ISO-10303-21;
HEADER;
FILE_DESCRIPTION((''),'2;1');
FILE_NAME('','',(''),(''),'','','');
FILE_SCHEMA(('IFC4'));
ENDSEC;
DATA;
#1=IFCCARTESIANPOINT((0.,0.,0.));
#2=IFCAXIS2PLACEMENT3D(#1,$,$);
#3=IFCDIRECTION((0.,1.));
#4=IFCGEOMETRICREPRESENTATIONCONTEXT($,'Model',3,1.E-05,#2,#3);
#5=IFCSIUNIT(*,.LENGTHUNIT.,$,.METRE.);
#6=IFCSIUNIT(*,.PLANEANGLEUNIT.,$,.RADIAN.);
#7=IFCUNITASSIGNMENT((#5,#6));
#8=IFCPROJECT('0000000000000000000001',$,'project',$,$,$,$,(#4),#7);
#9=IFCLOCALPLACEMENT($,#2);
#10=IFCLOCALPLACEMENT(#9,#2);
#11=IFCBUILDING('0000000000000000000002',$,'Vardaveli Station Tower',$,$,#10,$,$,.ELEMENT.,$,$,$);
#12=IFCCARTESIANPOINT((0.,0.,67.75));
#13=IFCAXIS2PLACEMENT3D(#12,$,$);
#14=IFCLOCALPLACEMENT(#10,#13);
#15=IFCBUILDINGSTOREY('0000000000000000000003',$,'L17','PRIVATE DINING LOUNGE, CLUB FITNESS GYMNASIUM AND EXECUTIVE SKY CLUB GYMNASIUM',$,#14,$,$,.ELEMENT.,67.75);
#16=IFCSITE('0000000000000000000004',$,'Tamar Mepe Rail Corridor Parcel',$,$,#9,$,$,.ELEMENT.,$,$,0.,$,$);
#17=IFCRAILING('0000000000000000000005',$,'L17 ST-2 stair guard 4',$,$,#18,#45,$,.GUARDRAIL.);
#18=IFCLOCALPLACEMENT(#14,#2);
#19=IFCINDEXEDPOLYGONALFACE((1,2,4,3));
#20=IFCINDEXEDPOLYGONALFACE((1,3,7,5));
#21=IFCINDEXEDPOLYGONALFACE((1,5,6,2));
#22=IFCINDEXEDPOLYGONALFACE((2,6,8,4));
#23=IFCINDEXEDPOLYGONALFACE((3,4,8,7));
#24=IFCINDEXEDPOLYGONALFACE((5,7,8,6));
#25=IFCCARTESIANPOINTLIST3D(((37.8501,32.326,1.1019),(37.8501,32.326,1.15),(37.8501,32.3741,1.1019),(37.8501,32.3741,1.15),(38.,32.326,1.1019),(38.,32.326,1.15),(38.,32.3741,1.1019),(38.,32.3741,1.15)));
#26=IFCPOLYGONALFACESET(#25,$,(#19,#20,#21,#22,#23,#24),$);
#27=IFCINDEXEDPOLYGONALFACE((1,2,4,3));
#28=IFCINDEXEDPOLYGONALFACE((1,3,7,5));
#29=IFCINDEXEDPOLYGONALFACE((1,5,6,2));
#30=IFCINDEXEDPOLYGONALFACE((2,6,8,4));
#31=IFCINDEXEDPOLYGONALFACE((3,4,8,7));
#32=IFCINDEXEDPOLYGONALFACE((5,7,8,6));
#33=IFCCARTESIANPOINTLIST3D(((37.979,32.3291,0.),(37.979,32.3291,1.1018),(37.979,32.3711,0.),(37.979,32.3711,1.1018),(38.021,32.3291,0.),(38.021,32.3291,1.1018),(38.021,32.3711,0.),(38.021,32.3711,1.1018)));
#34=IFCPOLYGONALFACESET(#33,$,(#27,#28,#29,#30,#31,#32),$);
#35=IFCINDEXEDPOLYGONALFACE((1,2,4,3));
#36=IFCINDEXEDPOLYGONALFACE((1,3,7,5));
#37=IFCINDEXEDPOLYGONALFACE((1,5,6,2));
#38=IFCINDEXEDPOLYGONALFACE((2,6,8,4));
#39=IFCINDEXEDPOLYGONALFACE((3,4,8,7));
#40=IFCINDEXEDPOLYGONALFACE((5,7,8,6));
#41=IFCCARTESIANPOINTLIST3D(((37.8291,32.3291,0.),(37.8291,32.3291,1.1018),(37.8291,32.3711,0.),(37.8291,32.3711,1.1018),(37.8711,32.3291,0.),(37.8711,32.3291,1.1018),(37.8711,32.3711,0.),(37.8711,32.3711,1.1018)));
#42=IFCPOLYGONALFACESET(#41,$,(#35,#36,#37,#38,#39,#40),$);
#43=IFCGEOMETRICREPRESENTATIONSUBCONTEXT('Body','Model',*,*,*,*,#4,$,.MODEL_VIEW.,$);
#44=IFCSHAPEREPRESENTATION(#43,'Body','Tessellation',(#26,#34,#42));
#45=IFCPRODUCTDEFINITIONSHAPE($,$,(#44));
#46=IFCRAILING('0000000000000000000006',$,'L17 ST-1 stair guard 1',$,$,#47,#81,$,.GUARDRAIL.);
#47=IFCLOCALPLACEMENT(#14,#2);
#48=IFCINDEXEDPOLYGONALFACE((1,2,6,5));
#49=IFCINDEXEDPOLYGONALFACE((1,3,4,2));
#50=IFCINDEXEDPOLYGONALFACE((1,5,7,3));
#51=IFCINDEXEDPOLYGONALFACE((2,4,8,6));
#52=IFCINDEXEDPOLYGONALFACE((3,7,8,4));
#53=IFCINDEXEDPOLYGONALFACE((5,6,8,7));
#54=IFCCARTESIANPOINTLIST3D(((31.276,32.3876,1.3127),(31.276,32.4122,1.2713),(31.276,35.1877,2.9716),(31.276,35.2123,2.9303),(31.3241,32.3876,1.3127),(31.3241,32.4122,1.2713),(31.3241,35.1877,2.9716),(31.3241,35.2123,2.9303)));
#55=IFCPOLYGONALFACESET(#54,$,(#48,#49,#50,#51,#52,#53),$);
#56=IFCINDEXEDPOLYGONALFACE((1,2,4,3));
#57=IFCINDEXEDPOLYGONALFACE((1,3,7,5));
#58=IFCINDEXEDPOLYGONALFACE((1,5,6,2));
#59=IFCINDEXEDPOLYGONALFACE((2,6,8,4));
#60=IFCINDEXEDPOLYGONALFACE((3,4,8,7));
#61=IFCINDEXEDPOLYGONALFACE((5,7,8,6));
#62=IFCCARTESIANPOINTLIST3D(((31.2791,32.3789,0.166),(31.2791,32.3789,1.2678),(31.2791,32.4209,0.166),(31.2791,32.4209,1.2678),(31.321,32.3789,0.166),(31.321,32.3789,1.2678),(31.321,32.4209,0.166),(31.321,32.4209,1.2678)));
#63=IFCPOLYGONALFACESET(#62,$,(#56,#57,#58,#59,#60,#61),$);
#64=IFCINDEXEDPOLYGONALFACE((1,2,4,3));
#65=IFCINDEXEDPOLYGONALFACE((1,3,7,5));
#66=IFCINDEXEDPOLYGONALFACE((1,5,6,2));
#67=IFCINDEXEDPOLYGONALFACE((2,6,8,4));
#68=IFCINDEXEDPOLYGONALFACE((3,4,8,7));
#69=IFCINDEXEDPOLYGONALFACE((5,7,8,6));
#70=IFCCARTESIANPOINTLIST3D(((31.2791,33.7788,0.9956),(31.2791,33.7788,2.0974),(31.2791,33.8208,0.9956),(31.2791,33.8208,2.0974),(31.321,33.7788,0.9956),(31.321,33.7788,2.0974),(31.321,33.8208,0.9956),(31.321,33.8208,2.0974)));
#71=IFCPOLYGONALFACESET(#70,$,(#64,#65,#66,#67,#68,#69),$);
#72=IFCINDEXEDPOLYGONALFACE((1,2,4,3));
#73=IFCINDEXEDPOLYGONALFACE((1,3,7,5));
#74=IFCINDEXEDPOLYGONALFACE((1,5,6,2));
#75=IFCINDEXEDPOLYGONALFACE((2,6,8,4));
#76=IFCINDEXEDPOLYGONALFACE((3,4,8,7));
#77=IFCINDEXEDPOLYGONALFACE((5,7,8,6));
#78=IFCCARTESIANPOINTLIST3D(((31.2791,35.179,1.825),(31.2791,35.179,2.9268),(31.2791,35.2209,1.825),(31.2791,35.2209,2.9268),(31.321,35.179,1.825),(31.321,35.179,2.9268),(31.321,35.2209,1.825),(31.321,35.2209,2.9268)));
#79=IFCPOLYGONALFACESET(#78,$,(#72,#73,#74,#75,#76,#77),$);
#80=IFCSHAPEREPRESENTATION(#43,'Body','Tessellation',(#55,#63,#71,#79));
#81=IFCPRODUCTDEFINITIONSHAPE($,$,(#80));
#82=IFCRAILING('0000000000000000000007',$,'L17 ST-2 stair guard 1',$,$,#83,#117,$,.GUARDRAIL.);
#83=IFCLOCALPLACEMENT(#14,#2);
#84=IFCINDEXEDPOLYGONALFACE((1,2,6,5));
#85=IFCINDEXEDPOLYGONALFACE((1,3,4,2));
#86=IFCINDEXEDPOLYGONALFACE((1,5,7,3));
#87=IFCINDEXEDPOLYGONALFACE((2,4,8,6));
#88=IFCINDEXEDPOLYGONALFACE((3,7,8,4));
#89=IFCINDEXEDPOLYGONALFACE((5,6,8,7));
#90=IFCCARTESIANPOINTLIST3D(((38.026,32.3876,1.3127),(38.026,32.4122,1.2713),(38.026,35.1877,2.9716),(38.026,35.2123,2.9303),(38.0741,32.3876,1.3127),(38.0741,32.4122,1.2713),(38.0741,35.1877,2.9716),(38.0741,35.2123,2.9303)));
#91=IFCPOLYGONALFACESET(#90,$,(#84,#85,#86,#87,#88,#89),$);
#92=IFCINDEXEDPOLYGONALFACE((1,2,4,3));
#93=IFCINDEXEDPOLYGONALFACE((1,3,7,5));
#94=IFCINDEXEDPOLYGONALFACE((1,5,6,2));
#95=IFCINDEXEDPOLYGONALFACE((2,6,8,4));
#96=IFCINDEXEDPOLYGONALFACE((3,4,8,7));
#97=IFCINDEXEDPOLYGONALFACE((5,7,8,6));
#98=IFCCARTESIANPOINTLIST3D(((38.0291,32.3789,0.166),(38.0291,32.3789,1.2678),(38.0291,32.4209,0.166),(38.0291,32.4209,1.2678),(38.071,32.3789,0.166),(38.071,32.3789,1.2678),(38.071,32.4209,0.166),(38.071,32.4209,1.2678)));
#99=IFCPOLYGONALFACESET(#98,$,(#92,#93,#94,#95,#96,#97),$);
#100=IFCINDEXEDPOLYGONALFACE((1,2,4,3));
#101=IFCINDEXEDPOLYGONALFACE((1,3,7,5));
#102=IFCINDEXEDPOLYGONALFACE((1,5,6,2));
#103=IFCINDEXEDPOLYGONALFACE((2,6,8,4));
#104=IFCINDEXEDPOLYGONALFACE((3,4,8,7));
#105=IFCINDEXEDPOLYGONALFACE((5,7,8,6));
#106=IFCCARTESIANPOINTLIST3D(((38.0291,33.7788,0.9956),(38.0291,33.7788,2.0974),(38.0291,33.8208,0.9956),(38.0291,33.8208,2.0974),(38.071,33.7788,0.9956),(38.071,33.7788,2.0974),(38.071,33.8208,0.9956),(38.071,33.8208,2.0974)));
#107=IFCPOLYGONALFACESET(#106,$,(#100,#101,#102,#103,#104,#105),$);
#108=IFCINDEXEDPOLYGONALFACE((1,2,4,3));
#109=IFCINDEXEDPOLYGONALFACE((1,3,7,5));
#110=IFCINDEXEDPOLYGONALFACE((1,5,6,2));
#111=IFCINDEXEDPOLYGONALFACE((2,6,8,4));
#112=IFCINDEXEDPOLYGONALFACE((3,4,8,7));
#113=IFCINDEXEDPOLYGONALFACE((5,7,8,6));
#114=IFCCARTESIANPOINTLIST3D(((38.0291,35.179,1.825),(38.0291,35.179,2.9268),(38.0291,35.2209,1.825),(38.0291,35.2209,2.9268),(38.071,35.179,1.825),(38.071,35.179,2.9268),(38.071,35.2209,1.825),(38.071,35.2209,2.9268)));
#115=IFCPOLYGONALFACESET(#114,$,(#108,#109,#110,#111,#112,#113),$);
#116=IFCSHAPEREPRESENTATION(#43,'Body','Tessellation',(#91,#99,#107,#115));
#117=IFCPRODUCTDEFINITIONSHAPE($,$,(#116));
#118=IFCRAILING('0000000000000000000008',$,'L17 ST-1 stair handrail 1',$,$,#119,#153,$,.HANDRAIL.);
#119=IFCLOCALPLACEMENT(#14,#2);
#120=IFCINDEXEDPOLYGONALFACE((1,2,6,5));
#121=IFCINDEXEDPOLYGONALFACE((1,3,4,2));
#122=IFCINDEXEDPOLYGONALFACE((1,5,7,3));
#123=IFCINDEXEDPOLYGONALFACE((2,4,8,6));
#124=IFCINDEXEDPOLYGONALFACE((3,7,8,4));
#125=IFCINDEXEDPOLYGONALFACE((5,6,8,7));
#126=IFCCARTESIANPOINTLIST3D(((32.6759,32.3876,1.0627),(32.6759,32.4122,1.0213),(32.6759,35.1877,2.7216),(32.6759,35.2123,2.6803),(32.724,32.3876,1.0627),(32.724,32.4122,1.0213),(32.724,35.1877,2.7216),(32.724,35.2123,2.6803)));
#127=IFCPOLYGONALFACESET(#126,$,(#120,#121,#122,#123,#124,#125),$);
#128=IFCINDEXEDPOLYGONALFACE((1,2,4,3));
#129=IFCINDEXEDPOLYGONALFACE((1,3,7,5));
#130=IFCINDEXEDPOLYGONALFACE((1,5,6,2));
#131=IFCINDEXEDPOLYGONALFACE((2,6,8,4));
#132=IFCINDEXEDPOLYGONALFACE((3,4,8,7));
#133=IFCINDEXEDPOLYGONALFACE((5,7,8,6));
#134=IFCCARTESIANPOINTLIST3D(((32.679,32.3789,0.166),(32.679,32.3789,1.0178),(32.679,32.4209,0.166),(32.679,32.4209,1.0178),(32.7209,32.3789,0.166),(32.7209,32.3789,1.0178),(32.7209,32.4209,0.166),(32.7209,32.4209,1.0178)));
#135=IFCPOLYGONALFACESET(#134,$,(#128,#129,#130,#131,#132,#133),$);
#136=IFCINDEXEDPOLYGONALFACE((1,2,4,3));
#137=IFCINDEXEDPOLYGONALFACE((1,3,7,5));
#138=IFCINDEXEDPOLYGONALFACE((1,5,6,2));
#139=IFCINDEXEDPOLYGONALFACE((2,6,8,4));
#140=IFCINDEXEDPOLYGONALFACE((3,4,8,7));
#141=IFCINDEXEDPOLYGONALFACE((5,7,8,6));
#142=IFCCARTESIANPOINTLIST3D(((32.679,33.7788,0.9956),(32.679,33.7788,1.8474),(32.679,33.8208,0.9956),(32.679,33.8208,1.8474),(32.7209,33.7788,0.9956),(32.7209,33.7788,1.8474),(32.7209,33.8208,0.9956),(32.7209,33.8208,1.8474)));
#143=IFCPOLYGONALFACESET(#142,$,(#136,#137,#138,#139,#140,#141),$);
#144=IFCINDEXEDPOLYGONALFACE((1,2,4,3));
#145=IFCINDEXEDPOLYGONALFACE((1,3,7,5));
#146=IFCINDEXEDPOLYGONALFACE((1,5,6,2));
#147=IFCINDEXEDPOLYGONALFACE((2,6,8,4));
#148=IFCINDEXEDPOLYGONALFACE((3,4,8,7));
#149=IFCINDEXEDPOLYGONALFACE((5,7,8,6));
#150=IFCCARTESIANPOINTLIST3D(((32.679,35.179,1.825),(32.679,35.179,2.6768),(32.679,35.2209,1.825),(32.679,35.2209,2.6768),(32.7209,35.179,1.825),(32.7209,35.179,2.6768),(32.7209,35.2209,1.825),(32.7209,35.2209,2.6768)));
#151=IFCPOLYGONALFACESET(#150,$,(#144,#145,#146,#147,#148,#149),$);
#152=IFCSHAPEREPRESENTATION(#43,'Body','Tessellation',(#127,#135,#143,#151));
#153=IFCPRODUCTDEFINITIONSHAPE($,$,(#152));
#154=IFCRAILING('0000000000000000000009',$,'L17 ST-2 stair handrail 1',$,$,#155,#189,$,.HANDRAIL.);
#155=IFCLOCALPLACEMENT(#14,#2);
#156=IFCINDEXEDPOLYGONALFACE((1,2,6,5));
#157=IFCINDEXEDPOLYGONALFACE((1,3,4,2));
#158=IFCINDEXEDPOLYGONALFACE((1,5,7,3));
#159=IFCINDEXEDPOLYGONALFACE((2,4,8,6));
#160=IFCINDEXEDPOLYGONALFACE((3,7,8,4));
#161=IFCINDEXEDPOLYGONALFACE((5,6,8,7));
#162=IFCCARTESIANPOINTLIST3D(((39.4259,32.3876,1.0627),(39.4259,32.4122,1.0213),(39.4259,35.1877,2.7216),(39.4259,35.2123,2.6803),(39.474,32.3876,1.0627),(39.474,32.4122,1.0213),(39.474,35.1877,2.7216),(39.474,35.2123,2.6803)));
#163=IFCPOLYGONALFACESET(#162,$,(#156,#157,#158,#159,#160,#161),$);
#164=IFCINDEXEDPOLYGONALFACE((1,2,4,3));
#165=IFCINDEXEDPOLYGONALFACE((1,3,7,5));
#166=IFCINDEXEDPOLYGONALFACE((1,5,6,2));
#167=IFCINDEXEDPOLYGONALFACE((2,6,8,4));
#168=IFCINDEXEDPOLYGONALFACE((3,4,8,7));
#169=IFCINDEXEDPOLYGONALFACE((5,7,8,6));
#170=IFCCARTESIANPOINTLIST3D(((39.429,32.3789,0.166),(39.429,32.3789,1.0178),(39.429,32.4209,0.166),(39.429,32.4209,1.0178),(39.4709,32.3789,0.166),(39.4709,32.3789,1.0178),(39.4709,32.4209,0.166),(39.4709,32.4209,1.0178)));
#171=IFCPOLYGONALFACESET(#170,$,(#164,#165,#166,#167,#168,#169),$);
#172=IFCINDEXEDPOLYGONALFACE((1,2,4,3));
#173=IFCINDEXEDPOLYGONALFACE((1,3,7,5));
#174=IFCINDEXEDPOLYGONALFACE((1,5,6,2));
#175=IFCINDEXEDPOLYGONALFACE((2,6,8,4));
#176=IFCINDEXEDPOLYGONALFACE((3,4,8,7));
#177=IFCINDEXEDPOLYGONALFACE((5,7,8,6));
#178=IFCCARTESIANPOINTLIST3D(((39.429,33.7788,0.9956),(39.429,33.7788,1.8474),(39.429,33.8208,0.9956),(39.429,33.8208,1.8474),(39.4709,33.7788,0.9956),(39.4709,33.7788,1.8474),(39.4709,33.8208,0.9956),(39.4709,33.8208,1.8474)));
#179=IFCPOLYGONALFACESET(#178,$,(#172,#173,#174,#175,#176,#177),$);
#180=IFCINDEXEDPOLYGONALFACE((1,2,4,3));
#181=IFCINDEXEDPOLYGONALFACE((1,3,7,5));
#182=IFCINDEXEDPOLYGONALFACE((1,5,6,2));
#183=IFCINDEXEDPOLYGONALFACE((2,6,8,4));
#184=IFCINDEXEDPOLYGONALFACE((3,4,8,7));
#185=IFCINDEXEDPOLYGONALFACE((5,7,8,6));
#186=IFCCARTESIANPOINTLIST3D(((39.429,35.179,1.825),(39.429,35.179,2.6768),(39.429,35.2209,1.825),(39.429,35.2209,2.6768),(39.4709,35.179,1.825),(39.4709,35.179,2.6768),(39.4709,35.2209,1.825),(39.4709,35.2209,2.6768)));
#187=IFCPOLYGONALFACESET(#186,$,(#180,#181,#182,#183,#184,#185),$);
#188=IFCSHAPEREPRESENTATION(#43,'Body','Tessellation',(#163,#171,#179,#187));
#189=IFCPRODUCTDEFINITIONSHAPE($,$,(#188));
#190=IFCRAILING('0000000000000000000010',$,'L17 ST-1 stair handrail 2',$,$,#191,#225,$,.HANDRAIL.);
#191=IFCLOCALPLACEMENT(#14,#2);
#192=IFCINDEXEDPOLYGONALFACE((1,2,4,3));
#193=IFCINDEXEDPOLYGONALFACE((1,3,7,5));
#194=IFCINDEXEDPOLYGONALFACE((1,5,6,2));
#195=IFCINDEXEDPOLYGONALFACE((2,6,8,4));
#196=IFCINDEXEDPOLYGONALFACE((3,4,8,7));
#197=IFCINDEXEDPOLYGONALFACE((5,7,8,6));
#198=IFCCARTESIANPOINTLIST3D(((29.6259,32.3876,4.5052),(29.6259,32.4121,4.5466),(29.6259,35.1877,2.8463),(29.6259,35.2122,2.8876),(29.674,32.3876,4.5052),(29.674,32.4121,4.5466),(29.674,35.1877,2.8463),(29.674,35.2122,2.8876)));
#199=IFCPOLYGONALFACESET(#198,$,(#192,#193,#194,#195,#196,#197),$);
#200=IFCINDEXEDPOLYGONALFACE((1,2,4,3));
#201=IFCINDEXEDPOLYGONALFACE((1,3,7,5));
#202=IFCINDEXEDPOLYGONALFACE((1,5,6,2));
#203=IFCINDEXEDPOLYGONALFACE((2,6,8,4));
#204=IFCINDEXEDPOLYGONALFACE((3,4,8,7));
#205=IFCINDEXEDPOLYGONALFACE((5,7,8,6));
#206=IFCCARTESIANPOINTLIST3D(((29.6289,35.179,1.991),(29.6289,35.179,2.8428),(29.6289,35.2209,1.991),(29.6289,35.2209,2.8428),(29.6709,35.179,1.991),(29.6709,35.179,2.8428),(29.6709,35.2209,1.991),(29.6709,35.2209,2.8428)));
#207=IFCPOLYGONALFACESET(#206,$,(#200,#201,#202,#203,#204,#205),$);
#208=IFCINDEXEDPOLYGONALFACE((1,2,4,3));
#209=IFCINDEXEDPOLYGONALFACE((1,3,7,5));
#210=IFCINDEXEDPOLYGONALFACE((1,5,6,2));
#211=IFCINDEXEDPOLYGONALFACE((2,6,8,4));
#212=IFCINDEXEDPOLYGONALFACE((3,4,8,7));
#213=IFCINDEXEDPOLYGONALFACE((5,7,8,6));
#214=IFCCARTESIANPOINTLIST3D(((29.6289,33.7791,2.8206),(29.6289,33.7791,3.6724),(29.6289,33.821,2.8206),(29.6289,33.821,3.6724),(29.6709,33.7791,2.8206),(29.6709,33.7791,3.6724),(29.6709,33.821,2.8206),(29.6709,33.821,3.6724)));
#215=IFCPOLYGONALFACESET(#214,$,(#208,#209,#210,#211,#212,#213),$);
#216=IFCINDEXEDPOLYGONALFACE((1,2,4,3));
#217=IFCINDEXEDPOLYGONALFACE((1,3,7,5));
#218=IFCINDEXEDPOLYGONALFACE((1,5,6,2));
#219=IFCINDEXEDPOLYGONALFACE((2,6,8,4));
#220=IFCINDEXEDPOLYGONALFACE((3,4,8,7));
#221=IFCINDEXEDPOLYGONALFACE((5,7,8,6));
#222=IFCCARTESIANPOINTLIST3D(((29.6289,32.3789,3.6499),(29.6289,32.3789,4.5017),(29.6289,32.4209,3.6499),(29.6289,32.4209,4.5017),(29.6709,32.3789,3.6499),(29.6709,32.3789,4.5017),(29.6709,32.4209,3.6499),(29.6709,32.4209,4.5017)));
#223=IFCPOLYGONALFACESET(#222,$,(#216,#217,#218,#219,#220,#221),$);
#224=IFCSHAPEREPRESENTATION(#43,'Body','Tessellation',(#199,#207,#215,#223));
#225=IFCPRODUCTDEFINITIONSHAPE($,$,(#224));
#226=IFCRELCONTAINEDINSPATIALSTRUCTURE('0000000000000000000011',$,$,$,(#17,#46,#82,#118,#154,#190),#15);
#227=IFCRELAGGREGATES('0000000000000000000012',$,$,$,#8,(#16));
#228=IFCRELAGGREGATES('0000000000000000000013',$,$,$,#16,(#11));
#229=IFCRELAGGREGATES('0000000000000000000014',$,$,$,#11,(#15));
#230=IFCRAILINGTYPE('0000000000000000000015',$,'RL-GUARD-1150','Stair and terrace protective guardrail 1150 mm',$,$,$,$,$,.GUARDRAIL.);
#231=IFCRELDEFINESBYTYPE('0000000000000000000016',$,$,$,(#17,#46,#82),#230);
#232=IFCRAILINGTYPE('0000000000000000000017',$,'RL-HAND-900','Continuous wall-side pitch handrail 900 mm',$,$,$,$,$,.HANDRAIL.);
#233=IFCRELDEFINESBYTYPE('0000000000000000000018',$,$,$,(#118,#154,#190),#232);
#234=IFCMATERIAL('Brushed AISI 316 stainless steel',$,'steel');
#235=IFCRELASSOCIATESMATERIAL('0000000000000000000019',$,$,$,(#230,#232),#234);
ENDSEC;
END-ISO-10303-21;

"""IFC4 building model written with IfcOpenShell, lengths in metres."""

from ifc_helpers import new_model, si_unit, direction, frame, origin, origin_2d, place, context, subcontext, project, spatial, rectangle, extrude, source, transform, mapped, material, type_object, element, save


model = new_model("IFC4")

# Units and contexts
model_context = context("Model", 3, precision=1e-05, world=origin(), true_north=direction((0.0, 1.0)))
body_context = subcontext(model_context, "Body", "Model", "MODEL_VIEW")
ifc_project = project(units=[si_unit("LENGTHUNIT", "METRE"), si_unit("PLANEANGLEUNIT", "RADIAN")], contexts=[model_context])

# Site, building, storey
site_placement = place(None, origin())
site = spatial("IfcSite", under=ifc_project, at=site_placement, Name="Tamar Mepe Rail Corridor Parcel", CompositionType="ELEMENT", RefElevation=0.0)
building_placement = place(site_placement, origin())
building = spatial("IfcBuilding", under=site, at=building_placement, Name="Vardaveli Station Tower", CompositionType="ELEMENT")
storey_placement = place(building_placement, frame((0.0, 0.0, 67.75)))
storey = spatial("IfcBuildingStorey", under=building, at=storey_placement, Name="L17", Description="PRIVATE DINING LOUNGE, CLUB FITNESS GYMNASIUM AND EXECUTIVE SKY CLUB GYMNASIUM", CompositionType="ELEMENT", Elevation=67.75)

# Railings
ifc_material_1 = material(Name="Brushed AISI 316 stainless steel", Category="steel")
railing_type_1 = type_object("IfcRailingType", Name="RL-GUARD-1150", Description="Stair and terrace protective guardrail 1150 mm", PredefinedType="GUARDRAIL", material=ifc_material_1)
shared_shape_1 = source(origin(), body_context, "Body", "SweptSolid", [
    extrude(rectangle(XDim=0.0481, YDim=0.0481, at=origin_2d()), frame((0.0, 0.0, 1.126), z_axis=(-1.0, 0.0, 0.0), x_axis=(0.0, -1.0, 0.0)), (0.0, 0.0, 1.0), 0.1499),
    extrude(rectangle(XDim=0.042, YDim=0.042, at=origin_2d()), origin(), (0.0, 0.0, 1.0), 1.1018),
    extrude(rectangle(XDim=0.042, YDim=0.042, at=origin_2d()), frame((-0.1499, 0.0, 0.0)), (0.0, 0.0, 1.0), 1.1018),
])
for number, where, name in (
    (1, (38.0, 32.3501, 0.0), "L17 ST-2 stair guard 4"),
):
    element("IfcRailing", number, at=place(storey_placement, frame(where)), inside=storey, type_object=railing_type_1, Name=name, PredefinedType="GUARDRAIL", context=body_context, shape_type="MappedRepresentation", body=[
        mapped(shared_shape_1, transform((0.0, 0.0, 0.0), scale=1.0)),
    ])
shared_shape_2 = source(origin(), body_context, "Body", "SweptSolid", [
    extrude(rectangle(XDim=0.0481, YDim=0.0481, at=origin_2d()), frame((0.0, 0.0, 1.126), z_axis=(0.0, 0.860339, 0.509722), x_axis=(-1.0, 0.0, 0.0)), (0.0, 0.0, 1.0), 3.2546),
    extrude(rectangle(XDim=0.042, YDim=0.042, at=origin_2d()), origin(), (0.0, 0.0, 1.0), 1.1018),
    extrude(rectangle(XDim=0.042, YDim=0.042, at=origin_2d()), frame((0.0, 1.3999, 0.8296)), (0.0, 0.0, 1.0), 1.1018),
    extrude(rectangle(XDim=0.042, YDim=0.042, at=origin_2d()), frame((0.0, 2.8, 1.6589)), (0.0, 0.0, 1.0), 1.1018),
])
for number, where, name in (
    (2, (31.3, 32.3999, 0.166), "L17 ST-1 stair guard 1"),
    (3, (38.05, 32.3999, 0.166), "L17 ST-2 stair guard 1"),
):
    element("IfcRailing", number, at=place(storey_placement, frame(where)), inside=storey, type_object=railing_type_1, Name=name, PredefinedType="GUARDRAIL", context=body_context, shape_type="MappedRepresentation", body=[
        mapped(shared_shape_2, transform((0.0, 0.0, 0.0), scale=1.0)),
    ])
railing_type_2 = type_object("IfcRailingType", Name="RL-HAND-900", Description="Continuous wall-side pitch handrail 900 mm", PredefinedType="HANDRAIL", material=ifc_material_1)
shared_shape_3 = source(origin(), body_context, "Body", "SweptSolid", [
    extrude(rectangle(XDim=0.0481, YDim=0.0481, at=origin_2d()), frame((0.0, 0.0, 0.876), z_axis=(0.0, 0.860339, 0.509722), x_axis=(-1.0, 0.0, 0.0)), (0.0, 0.0, 1.0), 3.2546),
    extrude(rectangle(XDim=0.042, YDim=0.042, at=origin_2d()), origin(), (0.0, 0.0, 1.0), 0.8518),
    extrude(rectangle(XDim=0.042, YDim=0.042, at=origin_2d()), frame((0.0, 1.3999, 0.8296)), (0.0, 0.0, 1.0), 0.8518),
    extrude(rectangle(XDim=0.042, YDim=0.042, at=origin_2d()), frame((0.0, 2.8, 1.6589)), (0.0, 0.0, 1.0), 0.8518),
])
for number, where, name in (
    (4, (32.7, 32.3999, 0.166), "L17 ST-1 stair handrail 1"),
    (5, (39.45, 32.3999, 0.166), "L17 ST-2 stair handrail 1"),
):
    element("IfcRailing", number, at=place(storey_placement, frame(where)), inside=storey, type_object=railing_type_2, Name=name, PredefinedType="HANDRAIL", context=body_context, shape_type="MappedRepresentation", body=[
        mapped(shared_shape_3, transform((0.0, 0.0, 0.0), scale=1.0)),
    ])
shared_shape_4 = source(origin(), body_context, "Body", "SweptSolid", [
    extrude(rectangle(XDim=0.0481, YDim=0.0481, at=origin_2d()), frame((0.0, 0.0, 0.876), z_axis=(0.0, -0.860339, 0.509722), x_axis=(1.0, 0.0, 0.0)), (0.0, 0.0, 1.0), 3.2546),
    extrude(rectangle(XDim=0.042, YDim=0.042, at=origin_2d()), origin(), (0.0, 0.0, 1.0), 0.8518),
    extrude(rectangle(XDim=0.042, YDim=0.042, at=origin_2d()), frame((0.0, -1.3999, 0.8296)), (0.0, 0.0, 1.0), 0.8518),
    extrude(rectangle(XDim=0.042, YDim=0.042, at=origin_2d()), frame((0.0, -2.8, 1.6589)), (0.0, 0.0, 1.0), 0.8518),
])
railing_placement = place(storey_placement, frame((29.6499, 35.2, 1.991)))
element("IfcRailing", 6, at=railing_placement, inside=storey, type_object=railing_type_2, Name="L17 ST-1 stair handrail 2", PredefinedType="HANDRAIL", context=body_context, shape_type="MappedRepresentation", body=[
    mapped(shared_shape_4, transform((0.0, 0.0, 0.0), scale=1.0)),
])

save(model, "model.ifc")
